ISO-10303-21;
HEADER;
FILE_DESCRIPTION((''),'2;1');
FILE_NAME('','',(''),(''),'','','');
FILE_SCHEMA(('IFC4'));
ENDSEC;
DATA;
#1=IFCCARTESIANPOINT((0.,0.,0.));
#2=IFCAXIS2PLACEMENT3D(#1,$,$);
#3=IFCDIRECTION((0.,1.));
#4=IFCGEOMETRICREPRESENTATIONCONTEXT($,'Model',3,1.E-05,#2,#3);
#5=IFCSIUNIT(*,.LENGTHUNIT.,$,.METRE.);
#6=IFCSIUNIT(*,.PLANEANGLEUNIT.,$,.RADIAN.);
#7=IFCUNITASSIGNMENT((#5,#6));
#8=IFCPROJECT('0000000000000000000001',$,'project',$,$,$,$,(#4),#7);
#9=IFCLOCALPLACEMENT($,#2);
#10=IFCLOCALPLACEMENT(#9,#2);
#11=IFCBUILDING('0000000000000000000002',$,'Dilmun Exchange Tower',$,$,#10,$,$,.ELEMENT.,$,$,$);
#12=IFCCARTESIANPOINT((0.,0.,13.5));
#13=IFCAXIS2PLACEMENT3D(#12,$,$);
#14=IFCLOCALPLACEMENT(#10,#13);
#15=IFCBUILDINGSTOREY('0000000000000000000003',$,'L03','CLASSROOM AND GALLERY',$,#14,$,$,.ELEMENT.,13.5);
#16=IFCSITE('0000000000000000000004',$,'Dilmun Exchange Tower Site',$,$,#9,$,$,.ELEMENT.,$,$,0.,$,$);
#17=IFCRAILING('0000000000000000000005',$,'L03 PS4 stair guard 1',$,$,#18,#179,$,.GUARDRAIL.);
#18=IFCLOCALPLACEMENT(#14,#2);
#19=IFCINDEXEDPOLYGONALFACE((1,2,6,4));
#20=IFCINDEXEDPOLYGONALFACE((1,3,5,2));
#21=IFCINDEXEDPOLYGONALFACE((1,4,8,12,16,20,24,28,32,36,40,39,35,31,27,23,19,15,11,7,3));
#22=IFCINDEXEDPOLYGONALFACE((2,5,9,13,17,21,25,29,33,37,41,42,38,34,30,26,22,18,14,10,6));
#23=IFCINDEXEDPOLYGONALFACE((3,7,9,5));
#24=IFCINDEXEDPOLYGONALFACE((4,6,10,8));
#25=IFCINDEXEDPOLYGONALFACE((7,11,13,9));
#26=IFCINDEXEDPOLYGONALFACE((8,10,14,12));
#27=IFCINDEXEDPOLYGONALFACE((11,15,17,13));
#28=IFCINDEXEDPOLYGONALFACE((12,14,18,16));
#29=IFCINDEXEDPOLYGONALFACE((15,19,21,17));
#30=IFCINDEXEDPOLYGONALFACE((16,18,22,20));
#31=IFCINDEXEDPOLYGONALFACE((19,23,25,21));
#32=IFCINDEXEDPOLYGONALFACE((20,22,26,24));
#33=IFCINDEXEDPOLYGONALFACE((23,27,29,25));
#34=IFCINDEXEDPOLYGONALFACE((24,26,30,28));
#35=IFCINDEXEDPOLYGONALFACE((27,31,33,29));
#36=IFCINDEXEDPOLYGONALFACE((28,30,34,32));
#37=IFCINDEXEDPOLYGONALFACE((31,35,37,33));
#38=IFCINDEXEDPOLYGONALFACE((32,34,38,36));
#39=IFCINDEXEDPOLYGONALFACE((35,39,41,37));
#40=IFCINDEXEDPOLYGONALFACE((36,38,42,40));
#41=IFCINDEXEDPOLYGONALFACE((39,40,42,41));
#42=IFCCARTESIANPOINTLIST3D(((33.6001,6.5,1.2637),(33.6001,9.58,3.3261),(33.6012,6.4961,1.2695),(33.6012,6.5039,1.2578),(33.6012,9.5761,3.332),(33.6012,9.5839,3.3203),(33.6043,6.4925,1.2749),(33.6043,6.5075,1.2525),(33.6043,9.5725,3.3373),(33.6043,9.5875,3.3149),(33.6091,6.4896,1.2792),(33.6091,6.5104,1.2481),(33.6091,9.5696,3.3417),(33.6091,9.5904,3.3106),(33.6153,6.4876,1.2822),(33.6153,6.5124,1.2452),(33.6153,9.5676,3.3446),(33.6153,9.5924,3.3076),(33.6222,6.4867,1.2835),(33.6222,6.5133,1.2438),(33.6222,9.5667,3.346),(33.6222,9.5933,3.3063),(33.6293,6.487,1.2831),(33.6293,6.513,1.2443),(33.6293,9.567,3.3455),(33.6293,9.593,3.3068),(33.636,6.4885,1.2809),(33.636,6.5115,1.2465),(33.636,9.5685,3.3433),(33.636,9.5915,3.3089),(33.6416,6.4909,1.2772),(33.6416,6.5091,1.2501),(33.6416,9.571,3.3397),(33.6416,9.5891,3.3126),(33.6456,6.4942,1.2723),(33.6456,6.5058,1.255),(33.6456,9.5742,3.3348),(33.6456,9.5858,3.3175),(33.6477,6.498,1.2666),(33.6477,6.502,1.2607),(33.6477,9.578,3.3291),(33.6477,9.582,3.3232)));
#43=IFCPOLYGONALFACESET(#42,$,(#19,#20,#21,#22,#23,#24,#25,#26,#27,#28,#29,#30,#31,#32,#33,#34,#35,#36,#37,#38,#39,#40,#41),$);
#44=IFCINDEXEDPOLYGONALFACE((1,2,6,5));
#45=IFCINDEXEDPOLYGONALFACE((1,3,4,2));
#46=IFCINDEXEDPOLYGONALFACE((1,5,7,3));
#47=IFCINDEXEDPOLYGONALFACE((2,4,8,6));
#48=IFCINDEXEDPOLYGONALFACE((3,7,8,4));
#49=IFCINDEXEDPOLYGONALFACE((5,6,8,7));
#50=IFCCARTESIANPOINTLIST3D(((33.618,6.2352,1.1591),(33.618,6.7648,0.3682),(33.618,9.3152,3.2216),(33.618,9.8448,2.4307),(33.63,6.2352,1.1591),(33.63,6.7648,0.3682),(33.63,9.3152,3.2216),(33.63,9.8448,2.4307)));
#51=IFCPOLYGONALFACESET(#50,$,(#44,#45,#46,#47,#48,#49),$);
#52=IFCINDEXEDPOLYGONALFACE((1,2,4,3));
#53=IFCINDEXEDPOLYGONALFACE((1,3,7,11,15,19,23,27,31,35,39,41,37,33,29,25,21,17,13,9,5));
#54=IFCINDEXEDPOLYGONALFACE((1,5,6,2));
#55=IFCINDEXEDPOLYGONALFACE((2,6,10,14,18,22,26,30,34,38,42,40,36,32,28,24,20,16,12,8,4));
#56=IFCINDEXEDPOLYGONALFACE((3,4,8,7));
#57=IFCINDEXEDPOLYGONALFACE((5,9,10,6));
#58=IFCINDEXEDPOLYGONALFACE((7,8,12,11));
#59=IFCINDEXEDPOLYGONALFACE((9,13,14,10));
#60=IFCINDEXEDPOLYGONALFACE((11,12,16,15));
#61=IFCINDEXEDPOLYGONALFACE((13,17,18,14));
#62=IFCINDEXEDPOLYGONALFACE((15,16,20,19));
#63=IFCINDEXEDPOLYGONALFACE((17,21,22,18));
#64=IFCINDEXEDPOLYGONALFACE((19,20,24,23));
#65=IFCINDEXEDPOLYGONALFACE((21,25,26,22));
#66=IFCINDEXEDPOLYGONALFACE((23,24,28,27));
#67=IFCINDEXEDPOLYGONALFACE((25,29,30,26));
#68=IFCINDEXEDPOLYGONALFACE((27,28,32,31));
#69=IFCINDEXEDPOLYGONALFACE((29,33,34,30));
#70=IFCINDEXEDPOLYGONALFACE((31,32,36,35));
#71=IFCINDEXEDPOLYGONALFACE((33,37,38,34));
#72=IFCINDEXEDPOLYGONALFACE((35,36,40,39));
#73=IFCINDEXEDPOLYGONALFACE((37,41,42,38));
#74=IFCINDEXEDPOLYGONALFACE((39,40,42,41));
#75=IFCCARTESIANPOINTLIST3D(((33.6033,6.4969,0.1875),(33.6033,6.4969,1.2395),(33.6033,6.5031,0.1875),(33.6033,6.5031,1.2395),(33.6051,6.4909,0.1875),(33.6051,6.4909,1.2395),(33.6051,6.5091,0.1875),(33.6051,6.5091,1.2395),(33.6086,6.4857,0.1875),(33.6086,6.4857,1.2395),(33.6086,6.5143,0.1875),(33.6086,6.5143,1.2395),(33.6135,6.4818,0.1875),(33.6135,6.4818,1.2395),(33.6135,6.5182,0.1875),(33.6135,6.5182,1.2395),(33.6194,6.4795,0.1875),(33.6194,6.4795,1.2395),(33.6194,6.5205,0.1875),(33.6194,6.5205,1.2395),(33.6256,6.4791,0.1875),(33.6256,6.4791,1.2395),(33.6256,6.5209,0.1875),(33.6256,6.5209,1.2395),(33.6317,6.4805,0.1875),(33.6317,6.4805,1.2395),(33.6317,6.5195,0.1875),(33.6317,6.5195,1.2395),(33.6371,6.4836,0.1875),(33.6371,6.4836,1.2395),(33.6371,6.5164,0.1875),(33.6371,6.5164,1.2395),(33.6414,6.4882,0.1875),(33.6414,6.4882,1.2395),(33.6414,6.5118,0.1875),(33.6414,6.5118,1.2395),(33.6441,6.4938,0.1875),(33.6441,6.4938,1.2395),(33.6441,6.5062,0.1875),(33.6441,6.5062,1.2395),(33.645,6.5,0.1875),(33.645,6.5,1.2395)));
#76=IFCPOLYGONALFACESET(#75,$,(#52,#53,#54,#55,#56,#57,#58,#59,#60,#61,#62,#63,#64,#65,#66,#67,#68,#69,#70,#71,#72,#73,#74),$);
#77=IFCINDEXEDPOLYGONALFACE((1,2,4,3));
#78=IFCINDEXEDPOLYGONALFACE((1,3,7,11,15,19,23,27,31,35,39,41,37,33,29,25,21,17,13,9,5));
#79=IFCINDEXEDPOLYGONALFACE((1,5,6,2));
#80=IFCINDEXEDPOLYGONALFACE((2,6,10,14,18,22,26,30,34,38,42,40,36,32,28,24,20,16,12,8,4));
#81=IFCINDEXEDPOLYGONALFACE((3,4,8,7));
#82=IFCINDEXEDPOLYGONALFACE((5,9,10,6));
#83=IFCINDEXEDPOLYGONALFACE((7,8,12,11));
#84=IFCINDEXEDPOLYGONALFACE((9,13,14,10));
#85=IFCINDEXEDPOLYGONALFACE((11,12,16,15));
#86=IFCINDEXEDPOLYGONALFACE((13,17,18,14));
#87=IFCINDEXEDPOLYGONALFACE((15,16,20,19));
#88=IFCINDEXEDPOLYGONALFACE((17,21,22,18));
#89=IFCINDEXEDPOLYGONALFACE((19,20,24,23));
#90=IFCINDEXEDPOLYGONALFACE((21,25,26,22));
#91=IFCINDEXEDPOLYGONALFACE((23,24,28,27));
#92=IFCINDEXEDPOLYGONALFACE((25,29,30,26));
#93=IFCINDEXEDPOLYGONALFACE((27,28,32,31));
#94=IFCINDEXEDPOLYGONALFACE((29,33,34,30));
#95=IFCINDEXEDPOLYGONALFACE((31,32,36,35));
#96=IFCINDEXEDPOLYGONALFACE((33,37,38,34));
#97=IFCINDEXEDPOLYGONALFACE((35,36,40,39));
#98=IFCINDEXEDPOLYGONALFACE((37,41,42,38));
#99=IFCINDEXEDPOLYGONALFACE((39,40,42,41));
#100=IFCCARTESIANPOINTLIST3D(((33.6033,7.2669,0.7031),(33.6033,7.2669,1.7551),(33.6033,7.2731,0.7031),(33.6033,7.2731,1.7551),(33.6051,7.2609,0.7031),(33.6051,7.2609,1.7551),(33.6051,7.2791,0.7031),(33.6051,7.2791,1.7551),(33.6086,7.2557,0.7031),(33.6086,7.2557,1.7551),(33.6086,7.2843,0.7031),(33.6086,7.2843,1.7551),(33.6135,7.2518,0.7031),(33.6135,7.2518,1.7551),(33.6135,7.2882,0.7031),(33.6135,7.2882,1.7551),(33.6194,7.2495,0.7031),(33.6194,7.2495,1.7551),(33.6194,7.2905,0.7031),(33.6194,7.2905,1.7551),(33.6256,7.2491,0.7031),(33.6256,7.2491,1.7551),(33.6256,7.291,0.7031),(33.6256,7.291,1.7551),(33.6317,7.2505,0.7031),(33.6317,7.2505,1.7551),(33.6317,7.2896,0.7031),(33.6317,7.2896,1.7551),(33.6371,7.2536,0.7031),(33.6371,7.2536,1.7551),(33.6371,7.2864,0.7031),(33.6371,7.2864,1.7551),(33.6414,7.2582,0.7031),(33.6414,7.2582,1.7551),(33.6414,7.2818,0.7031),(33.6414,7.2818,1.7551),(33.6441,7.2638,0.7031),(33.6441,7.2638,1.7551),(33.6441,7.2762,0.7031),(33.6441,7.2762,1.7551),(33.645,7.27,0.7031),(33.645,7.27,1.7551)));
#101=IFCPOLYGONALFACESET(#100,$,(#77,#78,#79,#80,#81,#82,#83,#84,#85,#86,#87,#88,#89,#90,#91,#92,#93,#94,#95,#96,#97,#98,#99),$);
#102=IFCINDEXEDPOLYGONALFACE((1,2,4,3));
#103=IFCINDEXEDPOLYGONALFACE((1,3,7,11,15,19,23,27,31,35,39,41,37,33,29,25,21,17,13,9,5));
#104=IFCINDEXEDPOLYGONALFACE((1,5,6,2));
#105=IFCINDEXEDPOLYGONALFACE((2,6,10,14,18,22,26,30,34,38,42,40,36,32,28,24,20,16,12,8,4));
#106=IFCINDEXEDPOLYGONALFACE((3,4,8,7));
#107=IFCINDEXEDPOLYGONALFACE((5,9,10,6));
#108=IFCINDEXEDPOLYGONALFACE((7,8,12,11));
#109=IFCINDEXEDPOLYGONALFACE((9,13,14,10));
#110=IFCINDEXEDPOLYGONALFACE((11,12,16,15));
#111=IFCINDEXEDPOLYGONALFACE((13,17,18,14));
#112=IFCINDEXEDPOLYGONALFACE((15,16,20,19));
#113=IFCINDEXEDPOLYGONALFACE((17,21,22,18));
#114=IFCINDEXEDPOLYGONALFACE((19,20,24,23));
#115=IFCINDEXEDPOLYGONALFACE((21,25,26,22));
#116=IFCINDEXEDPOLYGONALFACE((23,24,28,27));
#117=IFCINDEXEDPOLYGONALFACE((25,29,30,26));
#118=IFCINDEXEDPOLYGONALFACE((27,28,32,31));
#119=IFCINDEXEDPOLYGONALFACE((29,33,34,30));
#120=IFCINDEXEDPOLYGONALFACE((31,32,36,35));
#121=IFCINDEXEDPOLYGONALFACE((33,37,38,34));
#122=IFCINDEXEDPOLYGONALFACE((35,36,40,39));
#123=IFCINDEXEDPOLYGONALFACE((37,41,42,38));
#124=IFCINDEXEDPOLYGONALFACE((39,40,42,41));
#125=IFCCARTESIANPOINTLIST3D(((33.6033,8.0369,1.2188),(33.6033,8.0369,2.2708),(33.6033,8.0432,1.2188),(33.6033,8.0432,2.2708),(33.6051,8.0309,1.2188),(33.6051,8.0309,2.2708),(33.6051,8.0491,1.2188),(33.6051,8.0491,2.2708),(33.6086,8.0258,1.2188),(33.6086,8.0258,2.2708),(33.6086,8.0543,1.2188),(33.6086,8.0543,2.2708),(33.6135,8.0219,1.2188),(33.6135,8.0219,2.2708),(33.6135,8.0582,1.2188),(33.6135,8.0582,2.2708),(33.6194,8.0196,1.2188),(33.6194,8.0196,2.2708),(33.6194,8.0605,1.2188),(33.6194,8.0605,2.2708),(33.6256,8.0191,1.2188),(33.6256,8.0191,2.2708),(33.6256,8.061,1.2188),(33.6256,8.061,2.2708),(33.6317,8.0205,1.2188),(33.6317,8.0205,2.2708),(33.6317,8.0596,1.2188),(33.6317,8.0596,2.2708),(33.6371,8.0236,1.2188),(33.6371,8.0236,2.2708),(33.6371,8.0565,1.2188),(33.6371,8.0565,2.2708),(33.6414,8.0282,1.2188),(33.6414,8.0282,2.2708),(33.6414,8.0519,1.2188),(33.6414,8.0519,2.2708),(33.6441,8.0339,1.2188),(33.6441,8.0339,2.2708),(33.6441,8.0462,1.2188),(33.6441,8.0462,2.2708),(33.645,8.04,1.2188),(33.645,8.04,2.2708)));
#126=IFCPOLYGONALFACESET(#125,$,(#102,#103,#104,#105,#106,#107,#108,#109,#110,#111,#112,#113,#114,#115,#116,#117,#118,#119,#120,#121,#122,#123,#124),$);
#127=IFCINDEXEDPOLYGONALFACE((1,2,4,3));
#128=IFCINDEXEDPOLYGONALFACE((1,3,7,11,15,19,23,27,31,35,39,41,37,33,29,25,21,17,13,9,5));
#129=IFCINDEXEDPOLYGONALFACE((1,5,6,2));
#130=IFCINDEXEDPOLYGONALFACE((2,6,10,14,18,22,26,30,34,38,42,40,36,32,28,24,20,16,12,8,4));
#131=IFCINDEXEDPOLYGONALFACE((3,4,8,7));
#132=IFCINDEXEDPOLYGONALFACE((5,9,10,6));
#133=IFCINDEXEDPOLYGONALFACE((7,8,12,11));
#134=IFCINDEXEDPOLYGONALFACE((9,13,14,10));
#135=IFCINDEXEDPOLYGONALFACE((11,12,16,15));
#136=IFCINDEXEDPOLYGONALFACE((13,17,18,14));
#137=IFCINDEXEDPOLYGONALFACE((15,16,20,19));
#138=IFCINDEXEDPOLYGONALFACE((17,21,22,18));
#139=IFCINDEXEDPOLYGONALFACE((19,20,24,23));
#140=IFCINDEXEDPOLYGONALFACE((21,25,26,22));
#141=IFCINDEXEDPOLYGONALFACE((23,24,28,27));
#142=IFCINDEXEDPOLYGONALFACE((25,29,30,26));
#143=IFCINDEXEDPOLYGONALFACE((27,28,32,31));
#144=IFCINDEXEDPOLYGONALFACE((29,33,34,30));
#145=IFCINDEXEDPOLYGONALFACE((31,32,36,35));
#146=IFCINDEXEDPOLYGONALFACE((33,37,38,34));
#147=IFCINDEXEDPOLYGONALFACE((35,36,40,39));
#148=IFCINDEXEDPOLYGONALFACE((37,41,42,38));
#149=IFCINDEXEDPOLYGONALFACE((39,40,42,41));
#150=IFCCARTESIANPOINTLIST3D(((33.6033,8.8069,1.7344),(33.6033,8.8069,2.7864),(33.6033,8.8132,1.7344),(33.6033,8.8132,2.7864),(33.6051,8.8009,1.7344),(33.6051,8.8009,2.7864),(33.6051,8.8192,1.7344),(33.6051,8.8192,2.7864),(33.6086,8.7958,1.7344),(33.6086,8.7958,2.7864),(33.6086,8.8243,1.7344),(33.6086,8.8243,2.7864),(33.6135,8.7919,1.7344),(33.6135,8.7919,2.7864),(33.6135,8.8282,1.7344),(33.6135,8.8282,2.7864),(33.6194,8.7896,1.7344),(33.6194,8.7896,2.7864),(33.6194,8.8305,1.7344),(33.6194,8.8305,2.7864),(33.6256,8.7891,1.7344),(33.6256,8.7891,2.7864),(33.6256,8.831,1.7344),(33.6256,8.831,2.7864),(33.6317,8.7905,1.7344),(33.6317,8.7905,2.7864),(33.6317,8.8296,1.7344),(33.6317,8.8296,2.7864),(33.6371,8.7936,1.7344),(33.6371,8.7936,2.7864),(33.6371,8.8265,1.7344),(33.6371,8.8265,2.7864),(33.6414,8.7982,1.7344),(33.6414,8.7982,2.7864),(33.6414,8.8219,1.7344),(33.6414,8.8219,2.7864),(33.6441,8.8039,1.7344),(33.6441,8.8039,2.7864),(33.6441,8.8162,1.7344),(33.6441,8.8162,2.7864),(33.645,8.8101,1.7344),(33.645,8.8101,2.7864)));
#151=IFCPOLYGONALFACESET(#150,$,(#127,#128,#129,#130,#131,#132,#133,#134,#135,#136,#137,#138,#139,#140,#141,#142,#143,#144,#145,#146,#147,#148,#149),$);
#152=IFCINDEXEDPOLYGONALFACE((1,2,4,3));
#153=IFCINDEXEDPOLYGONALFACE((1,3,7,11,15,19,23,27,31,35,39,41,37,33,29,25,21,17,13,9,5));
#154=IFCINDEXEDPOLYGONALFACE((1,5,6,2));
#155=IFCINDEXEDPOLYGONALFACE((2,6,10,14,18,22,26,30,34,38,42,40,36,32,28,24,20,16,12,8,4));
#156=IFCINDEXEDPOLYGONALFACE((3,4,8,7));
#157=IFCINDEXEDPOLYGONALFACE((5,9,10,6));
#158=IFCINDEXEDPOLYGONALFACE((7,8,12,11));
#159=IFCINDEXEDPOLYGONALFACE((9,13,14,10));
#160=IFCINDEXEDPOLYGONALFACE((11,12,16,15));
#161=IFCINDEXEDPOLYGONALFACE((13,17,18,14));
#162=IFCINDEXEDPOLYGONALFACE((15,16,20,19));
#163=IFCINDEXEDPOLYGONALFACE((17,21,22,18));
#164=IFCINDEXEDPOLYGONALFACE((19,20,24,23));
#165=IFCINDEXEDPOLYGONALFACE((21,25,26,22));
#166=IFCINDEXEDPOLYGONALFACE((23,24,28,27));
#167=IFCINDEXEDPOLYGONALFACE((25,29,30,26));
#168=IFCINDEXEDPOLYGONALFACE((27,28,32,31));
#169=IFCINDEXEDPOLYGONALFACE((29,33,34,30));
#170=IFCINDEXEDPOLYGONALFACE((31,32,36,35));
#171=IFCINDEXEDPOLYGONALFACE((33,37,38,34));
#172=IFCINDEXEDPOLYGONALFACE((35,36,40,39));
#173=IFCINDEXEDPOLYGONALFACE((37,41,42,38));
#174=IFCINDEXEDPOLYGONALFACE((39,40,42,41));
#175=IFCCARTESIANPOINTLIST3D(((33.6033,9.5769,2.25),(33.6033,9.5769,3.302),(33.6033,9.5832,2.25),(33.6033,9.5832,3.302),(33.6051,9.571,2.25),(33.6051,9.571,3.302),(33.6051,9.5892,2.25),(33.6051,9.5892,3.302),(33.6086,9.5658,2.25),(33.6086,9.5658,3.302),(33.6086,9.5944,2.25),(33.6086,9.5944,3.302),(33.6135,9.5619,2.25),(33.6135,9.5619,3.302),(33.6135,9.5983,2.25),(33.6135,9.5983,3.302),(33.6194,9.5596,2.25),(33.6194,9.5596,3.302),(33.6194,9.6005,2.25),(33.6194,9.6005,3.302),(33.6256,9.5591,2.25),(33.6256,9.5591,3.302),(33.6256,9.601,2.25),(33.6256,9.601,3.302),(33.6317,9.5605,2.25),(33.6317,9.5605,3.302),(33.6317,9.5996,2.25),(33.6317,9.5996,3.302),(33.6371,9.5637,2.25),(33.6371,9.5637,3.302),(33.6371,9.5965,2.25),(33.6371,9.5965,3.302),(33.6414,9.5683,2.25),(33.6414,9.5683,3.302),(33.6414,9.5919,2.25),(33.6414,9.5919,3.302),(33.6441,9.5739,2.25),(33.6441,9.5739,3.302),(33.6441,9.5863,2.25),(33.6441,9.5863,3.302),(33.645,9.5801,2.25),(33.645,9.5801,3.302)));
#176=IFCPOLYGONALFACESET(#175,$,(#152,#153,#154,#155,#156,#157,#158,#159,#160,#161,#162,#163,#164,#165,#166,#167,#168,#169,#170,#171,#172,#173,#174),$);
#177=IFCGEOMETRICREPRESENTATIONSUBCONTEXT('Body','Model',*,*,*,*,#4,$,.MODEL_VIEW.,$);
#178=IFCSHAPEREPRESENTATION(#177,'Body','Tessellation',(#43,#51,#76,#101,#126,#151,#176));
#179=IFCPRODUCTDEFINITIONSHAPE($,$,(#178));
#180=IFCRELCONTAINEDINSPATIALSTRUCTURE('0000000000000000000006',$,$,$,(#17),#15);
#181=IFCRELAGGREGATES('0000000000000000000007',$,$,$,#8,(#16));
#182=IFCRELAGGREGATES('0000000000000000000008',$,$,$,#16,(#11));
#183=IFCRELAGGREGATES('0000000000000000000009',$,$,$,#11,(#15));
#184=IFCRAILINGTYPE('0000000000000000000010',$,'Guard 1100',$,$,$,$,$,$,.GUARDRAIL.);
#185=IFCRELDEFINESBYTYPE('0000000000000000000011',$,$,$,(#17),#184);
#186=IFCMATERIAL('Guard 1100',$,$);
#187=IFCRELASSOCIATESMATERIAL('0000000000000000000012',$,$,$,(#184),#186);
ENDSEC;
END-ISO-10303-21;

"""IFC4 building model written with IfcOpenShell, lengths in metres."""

from ifc_helpers import new_model, si_unit, direction, frame, origin, origin_2d, place, context, subcontext, project, spatial, rectangle, circle, extrude, material, type_object, element, save


model = new_model("IFC4")

# Units and contexts
model_context = context("Model", 3, precision=1e-05, world=origin(), true_north=direction((0.0, 1.0)))
body_context = subcontext(model_context, "Body", "Model", "MODEL_VIEW")
ifc_project = project(units=[si_unit("LENGTHUNIT", "METRE"), si_unit("PLANEANGLEUNIT", "RADIAN")], contexts=[model_context])

# Site, building, storey
site_placement = place(None, origin())
site = spatial("IfcSite", under=ifc_project, at=site_placement, Name="Dilmun Exchange Tower Site", CompositionType="ELEMENT", RefElevation=0.0)
building_placement = place(site_placement, origin())
building = spatial("IfcBuilding", under=site, at=building_placement, Name="Dilmun Exchange Tower", CompositionType="ELEMENT")
storey_placement = place(building_placement, frame((0.0, 0.0, 13.5)))
storey = spatial("IfcBuildingStorey", under=building, at=storey_placement, Name="L03", Description="CLASSROOM AND GALLERY", CompositionType="ELEMENT", Elevation=13.5)

# Railing
ifc_material_1 = material(Name="Guard 1100")
railing_type_1 = type_object("IfcRailingType", Name="Guard 1100", PredefinedType="GUARDRAIL", material=ifc_material_1)
railing_1_placement = place(storey_placement, frame((33.624, 6.5, 0.1875)))
element("IfcRailing", 1, at=railing_1_placement, inside=storey, type_object=railing_type_1, Name="L03 PS4 stair guard 1", PredefinedType="GUARDRAIL", context=body_context, shape_type="SweptSolid", body=[
    extrude(circle(Radius=0.0239, at=origin_2d()), frame((0.0, 0.0, 1.0762), z_axis=(0.0, 0.830914, 0.556401), x_axis=(-1.0, 0.0, 0.0)), (0.0, 0.0, 1.0), 3.7068),
    extrude(rectangle(XDim=0.012, YDim=0.9519, at=origin_2d()), frame((0.0, 0.0, 0.5762), z_axis=(0.0, 0.830914, 0.556401), x_axis=(-1.0, 0.0, 0.0)), (0.0, 0.0, 1.0), 3.7068),
    extrude(circle(Radius=0.021, at=origin_2d()), origin(), (0.0, 0.0, 1.0), 1.052),
    extrude(circle(Radius=0.021, at=origin_2d()), frame((0.0, 0.77, 0.5156)), (0.0, 0.0, 1.0), 1.052),
    extrude(circle(Radius=0.021, at=origin_2d()), frame((0.0, 1.54, 1.0312)), (0.0, 0.0, 1.0), 1.052),
    extrude(circle(Radius=0.021, at=origin_2d()), frame((0.0, 2.3101, 1.5469)), (0.0, 0.0, 1.0), 1.052),
    extrude(circle(Radius=0.021, at=origin_2d()), frame((0.0, 3.0801, 2.0625)), (0.0, 0.0, 1.0), 1.052),
])

save(model, "model.ifc")
